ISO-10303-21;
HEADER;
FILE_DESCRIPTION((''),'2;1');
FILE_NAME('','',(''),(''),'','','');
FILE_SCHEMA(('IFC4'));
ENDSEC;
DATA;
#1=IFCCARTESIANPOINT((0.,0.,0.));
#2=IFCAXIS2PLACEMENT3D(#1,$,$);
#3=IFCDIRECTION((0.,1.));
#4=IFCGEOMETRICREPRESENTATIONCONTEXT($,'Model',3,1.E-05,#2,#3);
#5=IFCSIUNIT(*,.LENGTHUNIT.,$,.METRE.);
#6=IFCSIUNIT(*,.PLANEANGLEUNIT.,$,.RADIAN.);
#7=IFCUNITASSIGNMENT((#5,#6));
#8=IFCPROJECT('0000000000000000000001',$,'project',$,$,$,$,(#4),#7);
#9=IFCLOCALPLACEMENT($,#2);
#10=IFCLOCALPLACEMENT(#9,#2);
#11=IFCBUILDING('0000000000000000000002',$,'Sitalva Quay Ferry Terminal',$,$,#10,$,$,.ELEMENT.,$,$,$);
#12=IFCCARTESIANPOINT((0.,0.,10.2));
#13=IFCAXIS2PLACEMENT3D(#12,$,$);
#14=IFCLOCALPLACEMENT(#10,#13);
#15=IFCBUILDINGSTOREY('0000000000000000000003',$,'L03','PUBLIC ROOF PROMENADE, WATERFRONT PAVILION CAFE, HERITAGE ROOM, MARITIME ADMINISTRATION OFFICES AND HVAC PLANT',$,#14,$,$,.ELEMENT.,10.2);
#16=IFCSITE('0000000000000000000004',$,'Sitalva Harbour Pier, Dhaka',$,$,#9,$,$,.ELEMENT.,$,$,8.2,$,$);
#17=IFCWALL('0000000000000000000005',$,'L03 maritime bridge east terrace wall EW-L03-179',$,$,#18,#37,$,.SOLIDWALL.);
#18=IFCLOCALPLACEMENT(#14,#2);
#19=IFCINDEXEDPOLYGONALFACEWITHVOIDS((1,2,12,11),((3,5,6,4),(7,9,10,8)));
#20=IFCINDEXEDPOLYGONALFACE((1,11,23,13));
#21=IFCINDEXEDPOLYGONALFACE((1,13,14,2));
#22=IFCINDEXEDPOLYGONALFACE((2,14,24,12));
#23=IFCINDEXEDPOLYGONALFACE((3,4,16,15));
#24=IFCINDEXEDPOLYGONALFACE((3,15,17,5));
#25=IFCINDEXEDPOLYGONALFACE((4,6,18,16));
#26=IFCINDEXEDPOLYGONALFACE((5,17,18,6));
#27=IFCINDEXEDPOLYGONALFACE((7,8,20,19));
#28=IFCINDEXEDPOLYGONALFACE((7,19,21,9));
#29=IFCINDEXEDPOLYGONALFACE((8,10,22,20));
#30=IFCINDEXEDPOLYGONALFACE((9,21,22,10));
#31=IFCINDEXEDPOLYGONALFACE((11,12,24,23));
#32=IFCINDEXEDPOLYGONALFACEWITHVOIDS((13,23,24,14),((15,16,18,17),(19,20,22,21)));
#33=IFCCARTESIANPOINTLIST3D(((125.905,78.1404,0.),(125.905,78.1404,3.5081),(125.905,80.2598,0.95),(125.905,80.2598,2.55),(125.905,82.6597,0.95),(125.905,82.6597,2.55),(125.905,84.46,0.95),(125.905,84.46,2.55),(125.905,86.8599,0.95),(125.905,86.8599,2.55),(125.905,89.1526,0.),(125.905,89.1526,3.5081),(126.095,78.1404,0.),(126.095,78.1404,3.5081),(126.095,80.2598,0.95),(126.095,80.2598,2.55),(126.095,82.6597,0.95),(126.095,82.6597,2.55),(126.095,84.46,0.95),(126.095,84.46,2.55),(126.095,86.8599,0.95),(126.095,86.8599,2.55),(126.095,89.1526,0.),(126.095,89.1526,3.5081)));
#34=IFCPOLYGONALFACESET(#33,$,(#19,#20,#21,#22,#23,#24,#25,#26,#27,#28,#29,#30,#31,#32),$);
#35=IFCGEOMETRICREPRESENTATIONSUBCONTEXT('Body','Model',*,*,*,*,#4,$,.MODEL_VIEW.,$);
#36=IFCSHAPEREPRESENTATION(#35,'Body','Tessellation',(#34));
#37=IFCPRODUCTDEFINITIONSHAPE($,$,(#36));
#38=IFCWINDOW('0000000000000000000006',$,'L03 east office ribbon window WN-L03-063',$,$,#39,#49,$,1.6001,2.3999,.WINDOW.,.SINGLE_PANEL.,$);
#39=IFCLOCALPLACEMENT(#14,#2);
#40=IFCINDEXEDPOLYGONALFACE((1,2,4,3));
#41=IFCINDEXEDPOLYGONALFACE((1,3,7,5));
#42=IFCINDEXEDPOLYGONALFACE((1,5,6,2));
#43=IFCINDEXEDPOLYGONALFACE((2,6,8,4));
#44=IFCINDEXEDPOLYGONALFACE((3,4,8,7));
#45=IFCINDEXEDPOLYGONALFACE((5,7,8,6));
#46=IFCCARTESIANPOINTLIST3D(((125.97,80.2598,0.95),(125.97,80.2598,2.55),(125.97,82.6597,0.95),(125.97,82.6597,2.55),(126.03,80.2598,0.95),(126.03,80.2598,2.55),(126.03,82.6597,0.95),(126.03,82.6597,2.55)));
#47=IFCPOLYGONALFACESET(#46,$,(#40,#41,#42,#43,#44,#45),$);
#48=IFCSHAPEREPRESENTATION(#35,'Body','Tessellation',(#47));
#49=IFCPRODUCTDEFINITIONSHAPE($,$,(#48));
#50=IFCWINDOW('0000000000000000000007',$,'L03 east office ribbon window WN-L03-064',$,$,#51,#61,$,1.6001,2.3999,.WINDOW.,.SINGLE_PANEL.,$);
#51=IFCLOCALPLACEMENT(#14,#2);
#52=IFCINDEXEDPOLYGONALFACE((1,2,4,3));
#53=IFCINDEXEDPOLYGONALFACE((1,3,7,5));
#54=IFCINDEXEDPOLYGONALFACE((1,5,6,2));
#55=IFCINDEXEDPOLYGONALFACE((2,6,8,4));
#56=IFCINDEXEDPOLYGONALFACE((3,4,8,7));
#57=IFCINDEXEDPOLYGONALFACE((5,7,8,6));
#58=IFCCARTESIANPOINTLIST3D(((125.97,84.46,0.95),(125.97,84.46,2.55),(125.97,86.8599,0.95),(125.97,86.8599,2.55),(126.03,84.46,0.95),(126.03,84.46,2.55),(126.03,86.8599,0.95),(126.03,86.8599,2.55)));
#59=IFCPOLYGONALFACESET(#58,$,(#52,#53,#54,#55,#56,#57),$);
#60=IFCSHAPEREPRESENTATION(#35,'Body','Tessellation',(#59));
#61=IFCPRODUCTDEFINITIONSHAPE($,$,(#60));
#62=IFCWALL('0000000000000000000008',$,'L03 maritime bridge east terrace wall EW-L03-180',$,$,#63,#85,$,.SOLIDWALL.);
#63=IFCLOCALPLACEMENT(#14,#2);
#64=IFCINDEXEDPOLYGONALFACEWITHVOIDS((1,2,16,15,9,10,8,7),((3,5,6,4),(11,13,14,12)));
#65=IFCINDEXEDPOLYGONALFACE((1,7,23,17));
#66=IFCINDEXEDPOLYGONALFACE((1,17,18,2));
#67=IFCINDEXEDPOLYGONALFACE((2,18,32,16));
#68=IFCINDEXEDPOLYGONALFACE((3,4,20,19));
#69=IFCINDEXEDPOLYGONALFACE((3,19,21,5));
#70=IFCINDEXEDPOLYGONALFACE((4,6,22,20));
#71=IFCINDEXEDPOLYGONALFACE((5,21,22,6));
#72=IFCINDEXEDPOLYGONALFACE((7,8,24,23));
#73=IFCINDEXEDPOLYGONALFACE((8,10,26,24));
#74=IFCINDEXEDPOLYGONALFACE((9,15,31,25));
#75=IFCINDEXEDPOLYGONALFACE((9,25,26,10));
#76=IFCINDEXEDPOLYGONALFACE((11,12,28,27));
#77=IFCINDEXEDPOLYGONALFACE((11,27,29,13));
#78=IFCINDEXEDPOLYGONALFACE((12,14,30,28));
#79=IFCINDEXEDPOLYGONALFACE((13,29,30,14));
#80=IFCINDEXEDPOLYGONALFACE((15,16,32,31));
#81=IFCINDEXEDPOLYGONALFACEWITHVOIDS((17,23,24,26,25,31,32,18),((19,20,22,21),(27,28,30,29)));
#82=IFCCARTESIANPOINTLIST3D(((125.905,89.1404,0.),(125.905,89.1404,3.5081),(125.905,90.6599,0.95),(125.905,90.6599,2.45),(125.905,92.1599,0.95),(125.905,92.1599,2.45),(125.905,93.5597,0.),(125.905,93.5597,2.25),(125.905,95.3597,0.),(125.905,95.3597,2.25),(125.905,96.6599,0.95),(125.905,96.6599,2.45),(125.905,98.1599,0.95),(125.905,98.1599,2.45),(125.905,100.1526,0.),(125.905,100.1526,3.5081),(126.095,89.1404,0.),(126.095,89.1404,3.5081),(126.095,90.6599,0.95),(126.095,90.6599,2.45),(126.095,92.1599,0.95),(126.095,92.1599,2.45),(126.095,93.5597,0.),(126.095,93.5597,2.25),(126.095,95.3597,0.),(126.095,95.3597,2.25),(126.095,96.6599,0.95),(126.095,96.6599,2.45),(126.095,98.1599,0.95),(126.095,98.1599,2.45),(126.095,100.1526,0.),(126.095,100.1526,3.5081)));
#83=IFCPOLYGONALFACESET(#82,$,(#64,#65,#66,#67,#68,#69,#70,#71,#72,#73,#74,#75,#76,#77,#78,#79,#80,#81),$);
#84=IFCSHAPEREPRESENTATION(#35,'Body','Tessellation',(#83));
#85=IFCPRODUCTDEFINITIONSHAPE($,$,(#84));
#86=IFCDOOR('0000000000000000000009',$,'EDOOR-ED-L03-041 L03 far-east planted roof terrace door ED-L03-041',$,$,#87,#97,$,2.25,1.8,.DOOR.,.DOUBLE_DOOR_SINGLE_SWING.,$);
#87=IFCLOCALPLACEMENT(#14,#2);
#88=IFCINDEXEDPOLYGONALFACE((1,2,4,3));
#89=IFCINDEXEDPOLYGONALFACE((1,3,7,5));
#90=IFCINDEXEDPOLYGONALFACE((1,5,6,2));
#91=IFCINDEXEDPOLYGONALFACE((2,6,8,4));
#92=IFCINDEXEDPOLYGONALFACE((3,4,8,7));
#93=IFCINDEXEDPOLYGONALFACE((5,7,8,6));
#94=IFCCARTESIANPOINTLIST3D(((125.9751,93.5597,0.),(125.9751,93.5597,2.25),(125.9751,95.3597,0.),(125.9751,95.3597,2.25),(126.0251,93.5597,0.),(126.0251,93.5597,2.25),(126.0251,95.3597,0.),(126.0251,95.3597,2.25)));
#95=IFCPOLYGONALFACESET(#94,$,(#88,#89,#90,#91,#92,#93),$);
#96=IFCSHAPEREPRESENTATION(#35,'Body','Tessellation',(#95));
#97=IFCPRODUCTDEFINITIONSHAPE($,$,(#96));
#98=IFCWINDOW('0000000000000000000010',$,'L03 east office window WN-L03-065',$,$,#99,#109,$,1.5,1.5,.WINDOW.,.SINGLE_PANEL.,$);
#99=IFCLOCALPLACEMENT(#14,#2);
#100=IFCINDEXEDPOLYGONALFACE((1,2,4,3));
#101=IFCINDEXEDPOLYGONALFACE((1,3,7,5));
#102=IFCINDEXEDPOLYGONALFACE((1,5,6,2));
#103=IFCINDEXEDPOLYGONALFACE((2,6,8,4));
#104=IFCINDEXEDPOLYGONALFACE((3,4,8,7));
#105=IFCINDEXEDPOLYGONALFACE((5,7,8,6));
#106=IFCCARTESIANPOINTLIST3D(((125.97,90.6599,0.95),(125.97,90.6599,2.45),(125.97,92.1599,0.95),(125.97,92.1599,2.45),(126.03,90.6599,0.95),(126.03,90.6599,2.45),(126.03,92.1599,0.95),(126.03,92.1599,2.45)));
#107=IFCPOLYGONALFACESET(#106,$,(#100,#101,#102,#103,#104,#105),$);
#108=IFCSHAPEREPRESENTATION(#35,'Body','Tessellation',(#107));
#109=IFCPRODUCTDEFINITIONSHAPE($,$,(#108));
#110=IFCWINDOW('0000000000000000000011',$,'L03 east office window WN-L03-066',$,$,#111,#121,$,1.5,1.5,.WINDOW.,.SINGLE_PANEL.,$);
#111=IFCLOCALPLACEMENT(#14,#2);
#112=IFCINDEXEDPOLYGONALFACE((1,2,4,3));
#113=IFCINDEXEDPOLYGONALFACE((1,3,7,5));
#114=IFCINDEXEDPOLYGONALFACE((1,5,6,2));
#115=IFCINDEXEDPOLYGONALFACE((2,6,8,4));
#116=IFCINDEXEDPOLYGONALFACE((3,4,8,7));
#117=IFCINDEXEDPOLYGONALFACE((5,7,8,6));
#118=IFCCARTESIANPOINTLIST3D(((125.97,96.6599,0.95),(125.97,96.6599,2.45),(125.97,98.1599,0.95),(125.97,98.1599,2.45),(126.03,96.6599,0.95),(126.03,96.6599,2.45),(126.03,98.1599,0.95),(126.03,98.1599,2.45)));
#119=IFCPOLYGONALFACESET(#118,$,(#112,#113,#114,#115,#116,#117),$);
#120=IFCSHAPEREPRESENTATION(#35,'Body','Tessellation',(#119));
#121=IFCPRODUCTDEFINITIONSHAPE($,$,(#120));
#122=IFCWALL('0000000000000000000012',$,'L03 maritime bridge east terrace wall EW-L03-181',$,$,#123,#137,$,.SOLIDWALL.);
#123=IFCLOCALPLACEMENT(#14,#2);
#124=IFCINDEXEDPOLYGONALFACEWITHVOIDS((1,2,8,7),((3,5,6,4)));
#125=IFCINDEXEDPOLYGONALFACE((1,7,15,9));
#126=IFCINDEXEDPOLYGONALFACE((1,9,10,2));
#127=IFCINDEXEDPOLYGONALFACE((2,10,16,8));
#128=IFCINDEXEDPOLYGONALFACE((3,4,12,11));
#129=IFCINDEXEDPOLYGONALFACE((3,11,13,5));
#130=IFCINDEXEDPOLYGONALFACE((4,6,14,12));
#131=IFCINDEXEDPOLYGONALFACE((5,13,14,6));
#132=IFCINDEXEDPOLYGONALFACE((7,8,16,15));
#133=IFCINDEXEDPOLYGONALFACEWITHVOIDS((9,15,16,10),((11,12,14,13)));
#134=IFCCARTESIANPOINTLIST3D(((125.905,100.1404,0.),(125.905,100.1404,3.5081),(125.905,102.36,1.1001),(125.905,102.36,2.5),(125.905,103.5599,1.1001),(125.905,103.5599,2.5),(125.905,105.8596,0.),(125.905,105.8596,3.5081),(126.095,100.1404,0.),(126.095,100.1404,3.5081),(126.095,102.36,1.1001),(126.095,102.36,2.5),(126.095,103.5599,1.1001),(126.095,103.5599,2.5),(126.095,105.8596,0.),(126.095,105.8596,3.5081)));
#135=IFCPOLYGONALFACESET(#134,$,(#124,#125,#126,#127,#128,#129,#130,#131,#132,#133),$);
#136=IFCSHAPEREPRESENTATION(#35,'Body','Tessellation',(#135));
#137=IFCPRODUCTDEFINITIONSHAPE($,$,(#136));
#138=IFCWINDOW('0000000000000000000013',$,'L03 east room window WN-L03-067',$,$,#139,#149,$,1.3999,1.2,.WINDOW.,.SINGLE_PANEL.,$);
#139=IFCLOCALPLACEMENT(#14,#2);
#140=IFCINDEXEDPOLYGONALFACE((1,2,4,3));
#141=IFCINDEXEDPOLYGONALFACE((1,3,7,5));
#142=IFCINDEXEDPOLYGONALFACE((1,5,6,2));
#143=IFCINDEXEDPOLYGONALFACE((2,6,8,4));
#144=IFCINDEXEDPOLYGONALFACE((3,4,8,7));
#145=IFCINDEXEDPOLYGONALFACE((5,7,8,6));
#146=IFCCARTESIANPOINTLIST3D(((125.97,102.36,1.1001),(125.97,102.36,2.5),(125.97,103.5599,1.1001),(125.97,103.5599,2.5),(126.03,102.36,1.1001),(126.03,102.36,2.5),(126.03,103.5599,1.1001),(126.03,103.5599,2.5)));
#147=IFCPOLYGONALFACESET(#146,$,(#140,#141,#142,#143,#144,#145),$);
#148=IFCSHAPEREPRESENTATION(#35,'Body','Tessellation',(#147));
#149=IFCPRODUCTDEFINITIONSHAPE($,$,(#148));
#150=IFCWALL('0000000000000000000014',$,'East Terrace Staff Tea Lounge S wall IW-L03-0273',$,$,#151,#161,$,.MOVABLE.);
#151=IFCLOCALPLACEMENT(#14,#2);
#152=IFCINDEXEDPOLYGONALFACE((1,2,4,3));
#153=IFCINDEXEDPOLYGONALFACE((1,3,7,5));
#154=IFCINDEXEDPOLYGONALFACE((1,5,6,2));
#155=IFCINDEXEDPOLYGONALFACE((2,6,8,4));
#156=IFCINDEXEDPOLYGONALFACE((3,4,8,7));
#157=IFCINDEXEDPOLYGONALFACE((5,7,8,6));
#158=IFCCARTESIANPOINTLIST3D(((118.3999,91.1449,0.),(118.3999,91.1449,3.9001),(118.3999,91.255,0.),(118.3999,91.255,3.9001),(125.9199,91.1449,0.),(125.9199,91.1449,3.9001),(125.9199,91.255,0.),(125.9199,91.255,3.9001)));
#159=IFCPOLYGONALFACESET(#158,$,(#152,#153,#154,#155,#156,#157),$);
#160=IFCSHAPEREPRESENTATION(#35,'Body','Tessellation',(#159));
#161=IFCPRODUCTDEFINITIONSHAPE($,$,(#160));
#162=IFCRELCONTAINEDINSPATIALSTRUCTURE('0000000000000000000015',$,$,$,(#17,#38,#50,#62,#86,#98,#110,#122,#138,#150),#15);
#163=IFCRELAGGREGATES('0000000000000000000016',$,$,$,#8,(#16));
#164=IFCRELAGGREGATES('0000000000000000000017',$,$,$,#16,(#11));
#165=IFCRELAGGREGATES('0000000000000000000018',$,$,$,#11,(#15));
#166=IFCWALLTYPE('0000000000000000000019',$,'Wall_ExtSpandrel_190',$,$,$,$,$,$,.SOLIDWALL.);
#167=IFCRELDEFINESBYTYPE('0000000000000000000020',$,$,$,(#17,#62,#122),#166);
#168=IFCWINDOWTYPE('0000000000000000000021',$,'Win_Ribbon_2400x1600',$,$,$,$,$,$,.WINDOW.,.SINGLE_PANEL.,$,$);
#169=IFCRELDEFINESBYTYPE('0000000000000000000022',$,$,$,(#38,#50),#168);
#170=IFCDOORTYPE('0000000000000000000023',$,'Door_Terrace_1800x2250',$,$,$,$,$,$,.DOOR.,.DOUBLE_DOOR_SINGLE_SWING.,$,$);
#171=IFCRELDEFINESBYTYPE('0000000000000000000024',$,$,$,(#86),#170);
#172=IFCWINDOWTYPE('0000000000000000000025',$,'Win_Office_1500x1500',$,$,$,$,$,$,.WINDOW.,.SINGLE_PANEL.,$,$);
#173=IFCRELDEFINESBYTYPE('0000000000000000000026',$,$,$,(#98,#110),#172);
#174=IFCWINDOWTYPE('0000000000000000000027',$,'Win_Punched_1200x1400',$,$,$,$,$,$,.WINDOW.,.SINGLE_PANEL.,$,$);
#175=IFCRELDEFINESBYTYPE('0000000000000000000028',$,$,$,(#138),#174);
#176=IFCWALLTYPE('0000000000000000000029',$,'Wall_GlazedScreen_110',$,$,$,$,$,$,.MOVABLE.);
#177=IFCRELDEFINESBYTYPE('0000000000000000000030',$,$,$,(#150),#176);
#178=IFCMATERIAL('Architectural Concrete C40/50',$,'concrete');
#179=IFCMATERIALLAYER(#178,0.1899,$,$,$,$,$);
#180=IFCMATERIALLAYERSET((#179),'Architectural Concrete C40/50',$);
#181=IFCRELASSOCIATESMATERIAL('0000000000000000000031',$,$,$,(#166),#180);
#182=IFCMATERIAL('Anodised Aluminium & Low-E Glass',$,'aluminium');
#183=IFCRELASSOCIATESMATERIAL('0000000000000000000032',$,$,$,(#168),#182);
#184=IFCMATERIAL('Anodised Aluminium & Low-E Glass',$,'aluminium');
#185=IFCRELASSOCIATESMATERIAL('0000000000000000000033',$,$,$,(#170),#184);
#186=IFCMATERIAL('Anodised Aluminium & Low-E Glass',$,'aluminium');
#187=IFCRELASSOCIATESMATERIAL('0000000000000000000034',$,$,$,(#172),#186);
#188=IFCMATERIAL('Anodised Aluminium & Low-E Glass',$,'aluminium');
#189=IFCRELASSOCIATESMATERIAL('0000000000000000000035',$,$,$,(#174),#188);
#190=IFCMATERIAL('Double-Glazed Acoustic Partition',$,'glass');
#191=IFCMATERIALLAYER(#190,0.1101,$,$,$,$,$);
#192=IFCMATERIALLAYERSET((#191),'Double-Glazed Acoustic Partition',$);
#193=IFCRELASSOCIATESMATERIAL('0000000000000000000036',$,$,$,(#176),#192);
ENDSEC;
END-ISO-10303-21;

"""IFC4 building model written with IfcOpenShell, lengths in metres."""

from ifc_helpers import new_model, si_unit, direction, frame, frame_2d, origin, place, context, subcontext, project, spatial, rectangle, extrude, material, layer, layer_set, type_object, element, fill, save


model = new_model("IFC4")

# Units and contexts
model_context = context("Model", 3, precision=1e-05, world=origin(), true_north=direction((0.0, 1.0)))
body_context = subcontext(model_context, "Body", "Model", "MODEL_VIEW")
ifc_project = project(units=[si_unit("LENGTHUNIT", "METRE"), si_unit("PLANEANGLEUNIT", "RADIAN")], contexts=[model_context])

# Site, building, storey
site_placement = place(None, origin())
site = spatial("IfcSite", under=ifc_project, at=site_placement, Name="Sitalva Harbour Pier, Dhaka", CompositionType="ELEMENT", RefElevation=8.2)
building_placement = place(site_placement, origin())
building = spatial("IfcBuilding", under=site, at=building_placement, Name="Sitalva Quay Ferry Terminal", CompositionType="ELEMENT")
storey_placement = place(building_placement, frame((0.0, 0.0, 10.2)))
storey = spatial("IfcBuildingStorey", under=building, at=storey_placement, Name="L03", Description="PUBLIC ROOF PROMENADE, WATERFRONT PAVILION CAFE, HERITAGE ROOM, MARITIME ADMINISTRATION OFFICES AND HVAC PLANT", CompositionType="ELEMENT", Elevation=10.2)

# Wall, openings, windows
ifc_material_1 = material(Name="Architectural Concrete C40/50", Category="concrete")
ifc_layer_1 = layer(ifc_material_1, 0.1899)
ifc_layer_set_1 = layer_set([ifc_layer_1], Name="Architectural Concrete C40/50")
wall_type_1 = type_object("IfcWallType", Name="Wall_ExtSpandrel_190", PredefinedType="SOLIDWALL", material=ifc_layer_set_1)
wall_1_placement = place(storey_placement, frame((126.0, 78.1404, 0.0), z_axis=(0.0, 0.0, 1.0), x_axis=(0.0, 1.0, 0.0)))
wall_1 = element("IfcWall", 1, at=wall_1_placement, inside=storey, type_object=wall_type_1, Name="L03 maritime bridge east terrace wall EW-L03-179", PredefinedType="SOLIDWALL", context=body_context, shape_type="SweptSolid", body=[
    extrude(rectangle(XDim=11.0122, YDim=0.1899, at=frame_2d((5.5061, 0.0))), origin(), (0.0, 0.0, 1.0), 3.5081),
])
opening_1_placement = place(wall_1_placement, frame((2.1194, 0.0, 0.95)))
opening_1 = element("IfcOpeningElement", 2, at=opening_1_placement, cuts=wall_1, PredefinedType="OPENING", context=body_context, shape_type="SweptSolid", body=[
    extrude(rectangle(XDim=2.3999, YDim=1.6001, at=frame_2d((1.2, 0.8))), frame((0.0, 0.105, 0.0), z_axis=(0.0, -1.0, 0.0), x_axis=(1.0, 0.0, 0.0)), (0.0, 0.0, 1.0), 0.21),
])
opening_2_placement = place(wall_1_placement, frame((6.3196, 0.0, 0.95)))
opening_2 = element("IfcOpeningElement", 3, at=opening_2_placement, cuts=wall_1, PredefinedType="OPENING", context=body_context, shape_type="SweptSolid", body=[
    extrude(rectangle(XDim=2.3999, YDim=1.6001, at=frame_2d((1.2, 0.8))), frame((0.0, 0.105, 0.0), z_axis=(0.0, -1.0, 0.0), x_axis=(1.0, 0.0, 0.0)), (0.0, 0.0, 1.0), 0.21),
])
ifc_material_2 = material(Name="Anodised Aluminium & Low-E Glass", Category="aluminium")
window_type_1 = type_object("IfcWindowType", Name="Win_Ribbon_2400x1600", PartitioningType="SINGLE_PANEL", PredefinedType="WINDOW", material=ifc_material_2)
window_1_placement = place(opening_1_placement, origin())
window_1 = element("IfcWindow", 4, at=window_1_placement, inside=storey, type_object=window_type_1, Name="L03 east office ribbon window WN-L03-063", OverallHeight=1.6001, OverallWidth=2.3999, PartitioningType="SINGLE_PANEL", PredefinedType="WINDOW", context=body_context, shape_type="SweptSolid", body=[
    extrude(rectangle(XDim=2.3999, YDim=1.6001, at=frame_2d((1.2, 0.8))), frame((0.0, 0.03, 0.0), z_axis=(0.0, -1.0, 0.0), x_axis=(1.0, 0.0, 0.0)), (0.0, 0.0, 1.0), 0.0601),
])
fill(opening_1, window_1)
window_2_placement = place(opening_2_placement, origin())
window_2 = element("IfcWindow", 5, at=window_2_placement, inside=storey, type_object=window_type_1, Name="L03 east office ribbon window WN-L03-064", OverallHeight=1.6001, OverallWidth=2.3999, PartitioningType="SINGLE_PANEL", PredefinedType="WINDOW", context=body_context, shape_type="SweptSolid", body=[
    extrude(rectangle(XDim=2.3999, YDim=1.6001, at=frame_2d((1.2, 0.8))), frame((0.0, 0.03, 0.0), z_axis=(0.0, -1.0, 0.0), x_axis=(1.0, 0.0, 0.0)), (0.0, 0.0, 1.0), 0.0601),
])
fill(opening_2, window_2)

# Wall, openings, door, windows
wall_2_placement = place(storey_placement, frame((126.0, 89.1404, 0.0), z_axis=(0.0, 0.0, 1.0), x_axis=(0.0, 1.0, 0.0)))
wall_2 = element("IfcWall", 6, at=wall_2_placement, inside=storey, type_object=wall_type_1, Name="L03 maritime bridge east terrace wall EW-L03-180", PredefinedType="SOLIDWALL", context=body_context, shape_type="SweptSolid", body=[
    extrude(rectangle(XDim=11.0122, YDim=0.1899, at=frame_2d((5.5061, 0.0))), origin(), (0.0, 0.0, 1.0), 3.5081),
])
opening_3_placement = place(wall_2_placement, frame((4.4194, 0.0, 0.0)))
opening_3 = element("IfcOpeningElement", 7, at=opening_3_placement, cuts=wall_2, PredefinedType="OPENING", context=body_context, shape_type="SweptSolid", body=[
    extrude(rectangle(XDim=1.8, YDim=2.25, at=frame_2d((0.8999, 1.125))), frame((0.0, 0.105, 0.0), z_axis=(0.0, -1.0, 0.0), x_axis=(1.0, 0.0, 0.0)), (0.0, 0.0, 1.0), 0.21),
])
opening_4_placement = place(wall_2_placement, frame((1.5195, 0.0, 0.95)))
opening_4 = element("IfcOpeningElement", 8, at=opening_4_placement, cuts=wall_2, PredefinedType="OPENING", context=body_context, shape_type="SweptSolid", body=[
    extrude(rectangle(XDim=1.5, YDim=1.5, at=frame_2d((0.75, 0.75))), frame((0.0, 0.105, 0.0), z_axis=(0.0, -1.0, 0.0), x_axis=(1.0, 0.0, 0.0)), (0.0, 0.0, 1.0), 0.21),
])
opening_5_placement = place(wall_2_placement, frame((7.5195, 0.0, 0.95)))
opening_5 = element("IfcOpeningElement", 9, at=opening_5_placement, cuts=wall_2, PredefinedType="OPENING", context=body_context, shape_type="SweptSolid", body=[
    extrude(rectangle(XDim=1.5, YDim=1.5, at=frame_2d((0.75, 0.75))), frame((0.0, 0.105, 0.0), z_axis=(0.0, -1.0, 0.0), x_axis=(1.0, 0.0, 0.0)), (0.0, 0.0, 1.0), 0.21),
])
ifc_material_3 = material(Name="Anodised Aluminium & Low-E Glass", Category="aluminium")
door_type_1 = type_object("IfcDoorType", Name="Door_Terrace_1800x2250", OperationType="DOUBLE_DOOR_SINGLE_SWING", PredefinedType="DOOR", material=ifc_material_3)
door_1_placement = place(opening_3_placement, origin())
door_1 = element("IfcDoor", 10, at=door_1_placement, inside=storey, type_object=door_type_1, Name="EDOOR-ED-L03-041 L03 far-east planted roof terrace door ED-L03-041", OperationType="DOUBLE_DOOR_SINGLE_SWING", OverallHeight=2.25, OverallWidth=1.8, PredefinedType="DOOR", context=body_context, shape_type="SweptSolid", body=[
    extrude(rectangle(XDim=1.8, YDim=2.25, at=frame_2d((0.8999, 1.125))), frame((0.0, 0.0249, 0.0), z_axis=(0.0, -1.0, 0.0), x_axis=(1.0, 0.0, 0.0)), (0.0, 0.0, 1.0), 0.05),
])
fill(opening_3, door_1)
ifc_material_4 = material(Name="Anodised Aluminium & Low-E Glass", Category="aluminium")
window_type_2 = type_object("IfcWindowType", Name="Win_Office_1500x1500", PartitioningType="SINGLE_PANEL", PredefinedType="WINDOW", material=ifc_material_4)
window_3_placement = place(opening_4_placement, origin())
window_3 = element("IfcWindow", 11, at=window_3_placement, inside=storey, type_object=window_type_2, Name="L03 east office window WN-L03-065", OverallHeight=1.5, OverallWidth=1.5, PartitioningType="SINGLE_PANEL", PredefinedType="WINDOW", context=body_context, shape_type="SweptSolid", body=[
    extrude(rectangle(XDim=1.5, YDim=1.5, at=frame_2d((0.75, 0.75))), frame((0.0, 0.03, 0.0), z_axis=(0.0, -1.0, 0.0), x_axis=(1.0, 0.0, 0.0)), (0.0, 0.0, 1.0), 0.0601),
])
fill(opening_4, window_3)
window_4_placement = place(opening_5_placement, origin())
window_4 = element("IfcWindow", 12, at=window_4_placement, inside=storey, type_object=window_type_2, Name="L03 east office window WN-L03-066", OverallHeight=1.5, OverallWidth=1.5, PartitioningType="SINGLE_PANEL", PredefinedType="WINDOW", context=body_context, shape_type="SweptSolid", body=[
    extrude(rectangle(XDim=1.5, YDim=1.5, at=frame_2d((0.75, 0.75))), frame((0.0, 0.03, 0.0), z_axis=(0.0, -1.0, 0.0), x_axis=(1.0, 0.0, 0.0)), (0.0, 0.0, 1.0), 0.0601),
])
fill(opening_5, window_4)

# Wall, opening, window
wall_3_placement = place(storey_placement, frame((126.0, 100.1404, 0.0), z_axis=(0.0, 0.0, 1.0), x_axis=(0.0, 1.0, 0.0)))
wall_3 = element("IfcWall", 13, at=wall_3_placement, inside=storey, type_object=wall_type_1, Name="L03 maritime bridge east terrace wall EW-L03-181", PredefinedType="SOLIDWALL", context=body_context, shape_type="SweptSolid", body=[
    extrude(rectangle(XDim=5.7192, YDim=0.1899, at=frame_2d((2.8596, 0.0))), origin(), (0.0, 0.0, 1.0), 3.5081),
])
opening_6_placement = place(wall_3_placement, frame((2.2195, 0.0, 1.1001)))
opening_6 = element("IfcOpeningElement", 14, at=opening_6_placement, cuts=wall_3, PredefinedType="OPENING", context=body_context, shape_type="SweptSolid", body=[
    extrude(rectangle(XDim=1.2, YDim=1.3999, at=frame_2d((0.6001, 0.7))), frame((0.0, 0.105, 0.0), z_axis=(0.0, -1.0, 0.0), x_axis=(1.0, 0.0, 0.0)), (0.0, 0.0, 1.0), 0.21),
])
ifc_material_5 = material(Name="Anodised Aluminium & Low-E Glass", Category="aluminium")
window_type_3 = type_object("IfcWindowType", Name="Win_Punched_1200x1400", PartitioningType="SINGLE_PANEL", PredefinedType="WINDOW", material=ifc_material_5)
window_5_placement = place(opening_6_placement, origin())
window_5 = element("IfcWindow", 15, at=window_5_placement, inside=storey, type_object=window_type_3, Name="L03 east room window WN-L03-067", OverallHeight=1.3999, OverallWidth=1.2, PartitioningType="SINGLE_PANEL", PredefinedType="WINDOW", context=body_context, shape_type="SweptSolid", body=[
    extrude(rectangle(XDim=1.2, YDim=1.3999, at=frame_2d((0.6001, 0.7))), frame((0.0, 0.03, 0.0), z_axis=(0.0, -1.0, 0.0), x_axis=(1.0, 0.0, 0.0)), (0.0, 0.0, 1.0), 0.0601),
])
fill(opening_6, window_5)

# Wall
ifc_material_6 = material(Name="Double-Glazed Acoustic Partition", Category="glass")
ifc_layer_2 = layer(ifc_material_6, 0.1101)
ifc_layer_set_2 = layer_set([ifc_layer_2], Name="Double-Glazed Acoustic Partition")
wall_type_2 = type_object("IfcWallType", Name="Wall_GlazedScreen_110", PredefinedType="MOVABLE", material=ifc_layer_set_2)
for number, where, z_axis, x_axis, name in (
    (16, (118.3999, 91.2, 0.0), (0.0, 0.0, 1.0), (1.0, 0.0, 0.0), "East Terrace Staff Tea Lounge S wall IW-L03-0273"),
):
    element("IfcWall", number, at=place(storey_placement, frame(where, z_axis=z_axis, x_axis=x_axis)), inside=storey, type_object=wall_type_2, Name=name, PredefinedType="MOVABLE", context=body_context, shape_type="SweptSolid", body=[
        extrude(rectangle(XDim=7.52, YDim=0.1101, at=frame_2d((3.76, 0.0))), origin(), (0.0, 0.0, 1.0), 3.9001),
    ])

save(model, "model.ifc")
